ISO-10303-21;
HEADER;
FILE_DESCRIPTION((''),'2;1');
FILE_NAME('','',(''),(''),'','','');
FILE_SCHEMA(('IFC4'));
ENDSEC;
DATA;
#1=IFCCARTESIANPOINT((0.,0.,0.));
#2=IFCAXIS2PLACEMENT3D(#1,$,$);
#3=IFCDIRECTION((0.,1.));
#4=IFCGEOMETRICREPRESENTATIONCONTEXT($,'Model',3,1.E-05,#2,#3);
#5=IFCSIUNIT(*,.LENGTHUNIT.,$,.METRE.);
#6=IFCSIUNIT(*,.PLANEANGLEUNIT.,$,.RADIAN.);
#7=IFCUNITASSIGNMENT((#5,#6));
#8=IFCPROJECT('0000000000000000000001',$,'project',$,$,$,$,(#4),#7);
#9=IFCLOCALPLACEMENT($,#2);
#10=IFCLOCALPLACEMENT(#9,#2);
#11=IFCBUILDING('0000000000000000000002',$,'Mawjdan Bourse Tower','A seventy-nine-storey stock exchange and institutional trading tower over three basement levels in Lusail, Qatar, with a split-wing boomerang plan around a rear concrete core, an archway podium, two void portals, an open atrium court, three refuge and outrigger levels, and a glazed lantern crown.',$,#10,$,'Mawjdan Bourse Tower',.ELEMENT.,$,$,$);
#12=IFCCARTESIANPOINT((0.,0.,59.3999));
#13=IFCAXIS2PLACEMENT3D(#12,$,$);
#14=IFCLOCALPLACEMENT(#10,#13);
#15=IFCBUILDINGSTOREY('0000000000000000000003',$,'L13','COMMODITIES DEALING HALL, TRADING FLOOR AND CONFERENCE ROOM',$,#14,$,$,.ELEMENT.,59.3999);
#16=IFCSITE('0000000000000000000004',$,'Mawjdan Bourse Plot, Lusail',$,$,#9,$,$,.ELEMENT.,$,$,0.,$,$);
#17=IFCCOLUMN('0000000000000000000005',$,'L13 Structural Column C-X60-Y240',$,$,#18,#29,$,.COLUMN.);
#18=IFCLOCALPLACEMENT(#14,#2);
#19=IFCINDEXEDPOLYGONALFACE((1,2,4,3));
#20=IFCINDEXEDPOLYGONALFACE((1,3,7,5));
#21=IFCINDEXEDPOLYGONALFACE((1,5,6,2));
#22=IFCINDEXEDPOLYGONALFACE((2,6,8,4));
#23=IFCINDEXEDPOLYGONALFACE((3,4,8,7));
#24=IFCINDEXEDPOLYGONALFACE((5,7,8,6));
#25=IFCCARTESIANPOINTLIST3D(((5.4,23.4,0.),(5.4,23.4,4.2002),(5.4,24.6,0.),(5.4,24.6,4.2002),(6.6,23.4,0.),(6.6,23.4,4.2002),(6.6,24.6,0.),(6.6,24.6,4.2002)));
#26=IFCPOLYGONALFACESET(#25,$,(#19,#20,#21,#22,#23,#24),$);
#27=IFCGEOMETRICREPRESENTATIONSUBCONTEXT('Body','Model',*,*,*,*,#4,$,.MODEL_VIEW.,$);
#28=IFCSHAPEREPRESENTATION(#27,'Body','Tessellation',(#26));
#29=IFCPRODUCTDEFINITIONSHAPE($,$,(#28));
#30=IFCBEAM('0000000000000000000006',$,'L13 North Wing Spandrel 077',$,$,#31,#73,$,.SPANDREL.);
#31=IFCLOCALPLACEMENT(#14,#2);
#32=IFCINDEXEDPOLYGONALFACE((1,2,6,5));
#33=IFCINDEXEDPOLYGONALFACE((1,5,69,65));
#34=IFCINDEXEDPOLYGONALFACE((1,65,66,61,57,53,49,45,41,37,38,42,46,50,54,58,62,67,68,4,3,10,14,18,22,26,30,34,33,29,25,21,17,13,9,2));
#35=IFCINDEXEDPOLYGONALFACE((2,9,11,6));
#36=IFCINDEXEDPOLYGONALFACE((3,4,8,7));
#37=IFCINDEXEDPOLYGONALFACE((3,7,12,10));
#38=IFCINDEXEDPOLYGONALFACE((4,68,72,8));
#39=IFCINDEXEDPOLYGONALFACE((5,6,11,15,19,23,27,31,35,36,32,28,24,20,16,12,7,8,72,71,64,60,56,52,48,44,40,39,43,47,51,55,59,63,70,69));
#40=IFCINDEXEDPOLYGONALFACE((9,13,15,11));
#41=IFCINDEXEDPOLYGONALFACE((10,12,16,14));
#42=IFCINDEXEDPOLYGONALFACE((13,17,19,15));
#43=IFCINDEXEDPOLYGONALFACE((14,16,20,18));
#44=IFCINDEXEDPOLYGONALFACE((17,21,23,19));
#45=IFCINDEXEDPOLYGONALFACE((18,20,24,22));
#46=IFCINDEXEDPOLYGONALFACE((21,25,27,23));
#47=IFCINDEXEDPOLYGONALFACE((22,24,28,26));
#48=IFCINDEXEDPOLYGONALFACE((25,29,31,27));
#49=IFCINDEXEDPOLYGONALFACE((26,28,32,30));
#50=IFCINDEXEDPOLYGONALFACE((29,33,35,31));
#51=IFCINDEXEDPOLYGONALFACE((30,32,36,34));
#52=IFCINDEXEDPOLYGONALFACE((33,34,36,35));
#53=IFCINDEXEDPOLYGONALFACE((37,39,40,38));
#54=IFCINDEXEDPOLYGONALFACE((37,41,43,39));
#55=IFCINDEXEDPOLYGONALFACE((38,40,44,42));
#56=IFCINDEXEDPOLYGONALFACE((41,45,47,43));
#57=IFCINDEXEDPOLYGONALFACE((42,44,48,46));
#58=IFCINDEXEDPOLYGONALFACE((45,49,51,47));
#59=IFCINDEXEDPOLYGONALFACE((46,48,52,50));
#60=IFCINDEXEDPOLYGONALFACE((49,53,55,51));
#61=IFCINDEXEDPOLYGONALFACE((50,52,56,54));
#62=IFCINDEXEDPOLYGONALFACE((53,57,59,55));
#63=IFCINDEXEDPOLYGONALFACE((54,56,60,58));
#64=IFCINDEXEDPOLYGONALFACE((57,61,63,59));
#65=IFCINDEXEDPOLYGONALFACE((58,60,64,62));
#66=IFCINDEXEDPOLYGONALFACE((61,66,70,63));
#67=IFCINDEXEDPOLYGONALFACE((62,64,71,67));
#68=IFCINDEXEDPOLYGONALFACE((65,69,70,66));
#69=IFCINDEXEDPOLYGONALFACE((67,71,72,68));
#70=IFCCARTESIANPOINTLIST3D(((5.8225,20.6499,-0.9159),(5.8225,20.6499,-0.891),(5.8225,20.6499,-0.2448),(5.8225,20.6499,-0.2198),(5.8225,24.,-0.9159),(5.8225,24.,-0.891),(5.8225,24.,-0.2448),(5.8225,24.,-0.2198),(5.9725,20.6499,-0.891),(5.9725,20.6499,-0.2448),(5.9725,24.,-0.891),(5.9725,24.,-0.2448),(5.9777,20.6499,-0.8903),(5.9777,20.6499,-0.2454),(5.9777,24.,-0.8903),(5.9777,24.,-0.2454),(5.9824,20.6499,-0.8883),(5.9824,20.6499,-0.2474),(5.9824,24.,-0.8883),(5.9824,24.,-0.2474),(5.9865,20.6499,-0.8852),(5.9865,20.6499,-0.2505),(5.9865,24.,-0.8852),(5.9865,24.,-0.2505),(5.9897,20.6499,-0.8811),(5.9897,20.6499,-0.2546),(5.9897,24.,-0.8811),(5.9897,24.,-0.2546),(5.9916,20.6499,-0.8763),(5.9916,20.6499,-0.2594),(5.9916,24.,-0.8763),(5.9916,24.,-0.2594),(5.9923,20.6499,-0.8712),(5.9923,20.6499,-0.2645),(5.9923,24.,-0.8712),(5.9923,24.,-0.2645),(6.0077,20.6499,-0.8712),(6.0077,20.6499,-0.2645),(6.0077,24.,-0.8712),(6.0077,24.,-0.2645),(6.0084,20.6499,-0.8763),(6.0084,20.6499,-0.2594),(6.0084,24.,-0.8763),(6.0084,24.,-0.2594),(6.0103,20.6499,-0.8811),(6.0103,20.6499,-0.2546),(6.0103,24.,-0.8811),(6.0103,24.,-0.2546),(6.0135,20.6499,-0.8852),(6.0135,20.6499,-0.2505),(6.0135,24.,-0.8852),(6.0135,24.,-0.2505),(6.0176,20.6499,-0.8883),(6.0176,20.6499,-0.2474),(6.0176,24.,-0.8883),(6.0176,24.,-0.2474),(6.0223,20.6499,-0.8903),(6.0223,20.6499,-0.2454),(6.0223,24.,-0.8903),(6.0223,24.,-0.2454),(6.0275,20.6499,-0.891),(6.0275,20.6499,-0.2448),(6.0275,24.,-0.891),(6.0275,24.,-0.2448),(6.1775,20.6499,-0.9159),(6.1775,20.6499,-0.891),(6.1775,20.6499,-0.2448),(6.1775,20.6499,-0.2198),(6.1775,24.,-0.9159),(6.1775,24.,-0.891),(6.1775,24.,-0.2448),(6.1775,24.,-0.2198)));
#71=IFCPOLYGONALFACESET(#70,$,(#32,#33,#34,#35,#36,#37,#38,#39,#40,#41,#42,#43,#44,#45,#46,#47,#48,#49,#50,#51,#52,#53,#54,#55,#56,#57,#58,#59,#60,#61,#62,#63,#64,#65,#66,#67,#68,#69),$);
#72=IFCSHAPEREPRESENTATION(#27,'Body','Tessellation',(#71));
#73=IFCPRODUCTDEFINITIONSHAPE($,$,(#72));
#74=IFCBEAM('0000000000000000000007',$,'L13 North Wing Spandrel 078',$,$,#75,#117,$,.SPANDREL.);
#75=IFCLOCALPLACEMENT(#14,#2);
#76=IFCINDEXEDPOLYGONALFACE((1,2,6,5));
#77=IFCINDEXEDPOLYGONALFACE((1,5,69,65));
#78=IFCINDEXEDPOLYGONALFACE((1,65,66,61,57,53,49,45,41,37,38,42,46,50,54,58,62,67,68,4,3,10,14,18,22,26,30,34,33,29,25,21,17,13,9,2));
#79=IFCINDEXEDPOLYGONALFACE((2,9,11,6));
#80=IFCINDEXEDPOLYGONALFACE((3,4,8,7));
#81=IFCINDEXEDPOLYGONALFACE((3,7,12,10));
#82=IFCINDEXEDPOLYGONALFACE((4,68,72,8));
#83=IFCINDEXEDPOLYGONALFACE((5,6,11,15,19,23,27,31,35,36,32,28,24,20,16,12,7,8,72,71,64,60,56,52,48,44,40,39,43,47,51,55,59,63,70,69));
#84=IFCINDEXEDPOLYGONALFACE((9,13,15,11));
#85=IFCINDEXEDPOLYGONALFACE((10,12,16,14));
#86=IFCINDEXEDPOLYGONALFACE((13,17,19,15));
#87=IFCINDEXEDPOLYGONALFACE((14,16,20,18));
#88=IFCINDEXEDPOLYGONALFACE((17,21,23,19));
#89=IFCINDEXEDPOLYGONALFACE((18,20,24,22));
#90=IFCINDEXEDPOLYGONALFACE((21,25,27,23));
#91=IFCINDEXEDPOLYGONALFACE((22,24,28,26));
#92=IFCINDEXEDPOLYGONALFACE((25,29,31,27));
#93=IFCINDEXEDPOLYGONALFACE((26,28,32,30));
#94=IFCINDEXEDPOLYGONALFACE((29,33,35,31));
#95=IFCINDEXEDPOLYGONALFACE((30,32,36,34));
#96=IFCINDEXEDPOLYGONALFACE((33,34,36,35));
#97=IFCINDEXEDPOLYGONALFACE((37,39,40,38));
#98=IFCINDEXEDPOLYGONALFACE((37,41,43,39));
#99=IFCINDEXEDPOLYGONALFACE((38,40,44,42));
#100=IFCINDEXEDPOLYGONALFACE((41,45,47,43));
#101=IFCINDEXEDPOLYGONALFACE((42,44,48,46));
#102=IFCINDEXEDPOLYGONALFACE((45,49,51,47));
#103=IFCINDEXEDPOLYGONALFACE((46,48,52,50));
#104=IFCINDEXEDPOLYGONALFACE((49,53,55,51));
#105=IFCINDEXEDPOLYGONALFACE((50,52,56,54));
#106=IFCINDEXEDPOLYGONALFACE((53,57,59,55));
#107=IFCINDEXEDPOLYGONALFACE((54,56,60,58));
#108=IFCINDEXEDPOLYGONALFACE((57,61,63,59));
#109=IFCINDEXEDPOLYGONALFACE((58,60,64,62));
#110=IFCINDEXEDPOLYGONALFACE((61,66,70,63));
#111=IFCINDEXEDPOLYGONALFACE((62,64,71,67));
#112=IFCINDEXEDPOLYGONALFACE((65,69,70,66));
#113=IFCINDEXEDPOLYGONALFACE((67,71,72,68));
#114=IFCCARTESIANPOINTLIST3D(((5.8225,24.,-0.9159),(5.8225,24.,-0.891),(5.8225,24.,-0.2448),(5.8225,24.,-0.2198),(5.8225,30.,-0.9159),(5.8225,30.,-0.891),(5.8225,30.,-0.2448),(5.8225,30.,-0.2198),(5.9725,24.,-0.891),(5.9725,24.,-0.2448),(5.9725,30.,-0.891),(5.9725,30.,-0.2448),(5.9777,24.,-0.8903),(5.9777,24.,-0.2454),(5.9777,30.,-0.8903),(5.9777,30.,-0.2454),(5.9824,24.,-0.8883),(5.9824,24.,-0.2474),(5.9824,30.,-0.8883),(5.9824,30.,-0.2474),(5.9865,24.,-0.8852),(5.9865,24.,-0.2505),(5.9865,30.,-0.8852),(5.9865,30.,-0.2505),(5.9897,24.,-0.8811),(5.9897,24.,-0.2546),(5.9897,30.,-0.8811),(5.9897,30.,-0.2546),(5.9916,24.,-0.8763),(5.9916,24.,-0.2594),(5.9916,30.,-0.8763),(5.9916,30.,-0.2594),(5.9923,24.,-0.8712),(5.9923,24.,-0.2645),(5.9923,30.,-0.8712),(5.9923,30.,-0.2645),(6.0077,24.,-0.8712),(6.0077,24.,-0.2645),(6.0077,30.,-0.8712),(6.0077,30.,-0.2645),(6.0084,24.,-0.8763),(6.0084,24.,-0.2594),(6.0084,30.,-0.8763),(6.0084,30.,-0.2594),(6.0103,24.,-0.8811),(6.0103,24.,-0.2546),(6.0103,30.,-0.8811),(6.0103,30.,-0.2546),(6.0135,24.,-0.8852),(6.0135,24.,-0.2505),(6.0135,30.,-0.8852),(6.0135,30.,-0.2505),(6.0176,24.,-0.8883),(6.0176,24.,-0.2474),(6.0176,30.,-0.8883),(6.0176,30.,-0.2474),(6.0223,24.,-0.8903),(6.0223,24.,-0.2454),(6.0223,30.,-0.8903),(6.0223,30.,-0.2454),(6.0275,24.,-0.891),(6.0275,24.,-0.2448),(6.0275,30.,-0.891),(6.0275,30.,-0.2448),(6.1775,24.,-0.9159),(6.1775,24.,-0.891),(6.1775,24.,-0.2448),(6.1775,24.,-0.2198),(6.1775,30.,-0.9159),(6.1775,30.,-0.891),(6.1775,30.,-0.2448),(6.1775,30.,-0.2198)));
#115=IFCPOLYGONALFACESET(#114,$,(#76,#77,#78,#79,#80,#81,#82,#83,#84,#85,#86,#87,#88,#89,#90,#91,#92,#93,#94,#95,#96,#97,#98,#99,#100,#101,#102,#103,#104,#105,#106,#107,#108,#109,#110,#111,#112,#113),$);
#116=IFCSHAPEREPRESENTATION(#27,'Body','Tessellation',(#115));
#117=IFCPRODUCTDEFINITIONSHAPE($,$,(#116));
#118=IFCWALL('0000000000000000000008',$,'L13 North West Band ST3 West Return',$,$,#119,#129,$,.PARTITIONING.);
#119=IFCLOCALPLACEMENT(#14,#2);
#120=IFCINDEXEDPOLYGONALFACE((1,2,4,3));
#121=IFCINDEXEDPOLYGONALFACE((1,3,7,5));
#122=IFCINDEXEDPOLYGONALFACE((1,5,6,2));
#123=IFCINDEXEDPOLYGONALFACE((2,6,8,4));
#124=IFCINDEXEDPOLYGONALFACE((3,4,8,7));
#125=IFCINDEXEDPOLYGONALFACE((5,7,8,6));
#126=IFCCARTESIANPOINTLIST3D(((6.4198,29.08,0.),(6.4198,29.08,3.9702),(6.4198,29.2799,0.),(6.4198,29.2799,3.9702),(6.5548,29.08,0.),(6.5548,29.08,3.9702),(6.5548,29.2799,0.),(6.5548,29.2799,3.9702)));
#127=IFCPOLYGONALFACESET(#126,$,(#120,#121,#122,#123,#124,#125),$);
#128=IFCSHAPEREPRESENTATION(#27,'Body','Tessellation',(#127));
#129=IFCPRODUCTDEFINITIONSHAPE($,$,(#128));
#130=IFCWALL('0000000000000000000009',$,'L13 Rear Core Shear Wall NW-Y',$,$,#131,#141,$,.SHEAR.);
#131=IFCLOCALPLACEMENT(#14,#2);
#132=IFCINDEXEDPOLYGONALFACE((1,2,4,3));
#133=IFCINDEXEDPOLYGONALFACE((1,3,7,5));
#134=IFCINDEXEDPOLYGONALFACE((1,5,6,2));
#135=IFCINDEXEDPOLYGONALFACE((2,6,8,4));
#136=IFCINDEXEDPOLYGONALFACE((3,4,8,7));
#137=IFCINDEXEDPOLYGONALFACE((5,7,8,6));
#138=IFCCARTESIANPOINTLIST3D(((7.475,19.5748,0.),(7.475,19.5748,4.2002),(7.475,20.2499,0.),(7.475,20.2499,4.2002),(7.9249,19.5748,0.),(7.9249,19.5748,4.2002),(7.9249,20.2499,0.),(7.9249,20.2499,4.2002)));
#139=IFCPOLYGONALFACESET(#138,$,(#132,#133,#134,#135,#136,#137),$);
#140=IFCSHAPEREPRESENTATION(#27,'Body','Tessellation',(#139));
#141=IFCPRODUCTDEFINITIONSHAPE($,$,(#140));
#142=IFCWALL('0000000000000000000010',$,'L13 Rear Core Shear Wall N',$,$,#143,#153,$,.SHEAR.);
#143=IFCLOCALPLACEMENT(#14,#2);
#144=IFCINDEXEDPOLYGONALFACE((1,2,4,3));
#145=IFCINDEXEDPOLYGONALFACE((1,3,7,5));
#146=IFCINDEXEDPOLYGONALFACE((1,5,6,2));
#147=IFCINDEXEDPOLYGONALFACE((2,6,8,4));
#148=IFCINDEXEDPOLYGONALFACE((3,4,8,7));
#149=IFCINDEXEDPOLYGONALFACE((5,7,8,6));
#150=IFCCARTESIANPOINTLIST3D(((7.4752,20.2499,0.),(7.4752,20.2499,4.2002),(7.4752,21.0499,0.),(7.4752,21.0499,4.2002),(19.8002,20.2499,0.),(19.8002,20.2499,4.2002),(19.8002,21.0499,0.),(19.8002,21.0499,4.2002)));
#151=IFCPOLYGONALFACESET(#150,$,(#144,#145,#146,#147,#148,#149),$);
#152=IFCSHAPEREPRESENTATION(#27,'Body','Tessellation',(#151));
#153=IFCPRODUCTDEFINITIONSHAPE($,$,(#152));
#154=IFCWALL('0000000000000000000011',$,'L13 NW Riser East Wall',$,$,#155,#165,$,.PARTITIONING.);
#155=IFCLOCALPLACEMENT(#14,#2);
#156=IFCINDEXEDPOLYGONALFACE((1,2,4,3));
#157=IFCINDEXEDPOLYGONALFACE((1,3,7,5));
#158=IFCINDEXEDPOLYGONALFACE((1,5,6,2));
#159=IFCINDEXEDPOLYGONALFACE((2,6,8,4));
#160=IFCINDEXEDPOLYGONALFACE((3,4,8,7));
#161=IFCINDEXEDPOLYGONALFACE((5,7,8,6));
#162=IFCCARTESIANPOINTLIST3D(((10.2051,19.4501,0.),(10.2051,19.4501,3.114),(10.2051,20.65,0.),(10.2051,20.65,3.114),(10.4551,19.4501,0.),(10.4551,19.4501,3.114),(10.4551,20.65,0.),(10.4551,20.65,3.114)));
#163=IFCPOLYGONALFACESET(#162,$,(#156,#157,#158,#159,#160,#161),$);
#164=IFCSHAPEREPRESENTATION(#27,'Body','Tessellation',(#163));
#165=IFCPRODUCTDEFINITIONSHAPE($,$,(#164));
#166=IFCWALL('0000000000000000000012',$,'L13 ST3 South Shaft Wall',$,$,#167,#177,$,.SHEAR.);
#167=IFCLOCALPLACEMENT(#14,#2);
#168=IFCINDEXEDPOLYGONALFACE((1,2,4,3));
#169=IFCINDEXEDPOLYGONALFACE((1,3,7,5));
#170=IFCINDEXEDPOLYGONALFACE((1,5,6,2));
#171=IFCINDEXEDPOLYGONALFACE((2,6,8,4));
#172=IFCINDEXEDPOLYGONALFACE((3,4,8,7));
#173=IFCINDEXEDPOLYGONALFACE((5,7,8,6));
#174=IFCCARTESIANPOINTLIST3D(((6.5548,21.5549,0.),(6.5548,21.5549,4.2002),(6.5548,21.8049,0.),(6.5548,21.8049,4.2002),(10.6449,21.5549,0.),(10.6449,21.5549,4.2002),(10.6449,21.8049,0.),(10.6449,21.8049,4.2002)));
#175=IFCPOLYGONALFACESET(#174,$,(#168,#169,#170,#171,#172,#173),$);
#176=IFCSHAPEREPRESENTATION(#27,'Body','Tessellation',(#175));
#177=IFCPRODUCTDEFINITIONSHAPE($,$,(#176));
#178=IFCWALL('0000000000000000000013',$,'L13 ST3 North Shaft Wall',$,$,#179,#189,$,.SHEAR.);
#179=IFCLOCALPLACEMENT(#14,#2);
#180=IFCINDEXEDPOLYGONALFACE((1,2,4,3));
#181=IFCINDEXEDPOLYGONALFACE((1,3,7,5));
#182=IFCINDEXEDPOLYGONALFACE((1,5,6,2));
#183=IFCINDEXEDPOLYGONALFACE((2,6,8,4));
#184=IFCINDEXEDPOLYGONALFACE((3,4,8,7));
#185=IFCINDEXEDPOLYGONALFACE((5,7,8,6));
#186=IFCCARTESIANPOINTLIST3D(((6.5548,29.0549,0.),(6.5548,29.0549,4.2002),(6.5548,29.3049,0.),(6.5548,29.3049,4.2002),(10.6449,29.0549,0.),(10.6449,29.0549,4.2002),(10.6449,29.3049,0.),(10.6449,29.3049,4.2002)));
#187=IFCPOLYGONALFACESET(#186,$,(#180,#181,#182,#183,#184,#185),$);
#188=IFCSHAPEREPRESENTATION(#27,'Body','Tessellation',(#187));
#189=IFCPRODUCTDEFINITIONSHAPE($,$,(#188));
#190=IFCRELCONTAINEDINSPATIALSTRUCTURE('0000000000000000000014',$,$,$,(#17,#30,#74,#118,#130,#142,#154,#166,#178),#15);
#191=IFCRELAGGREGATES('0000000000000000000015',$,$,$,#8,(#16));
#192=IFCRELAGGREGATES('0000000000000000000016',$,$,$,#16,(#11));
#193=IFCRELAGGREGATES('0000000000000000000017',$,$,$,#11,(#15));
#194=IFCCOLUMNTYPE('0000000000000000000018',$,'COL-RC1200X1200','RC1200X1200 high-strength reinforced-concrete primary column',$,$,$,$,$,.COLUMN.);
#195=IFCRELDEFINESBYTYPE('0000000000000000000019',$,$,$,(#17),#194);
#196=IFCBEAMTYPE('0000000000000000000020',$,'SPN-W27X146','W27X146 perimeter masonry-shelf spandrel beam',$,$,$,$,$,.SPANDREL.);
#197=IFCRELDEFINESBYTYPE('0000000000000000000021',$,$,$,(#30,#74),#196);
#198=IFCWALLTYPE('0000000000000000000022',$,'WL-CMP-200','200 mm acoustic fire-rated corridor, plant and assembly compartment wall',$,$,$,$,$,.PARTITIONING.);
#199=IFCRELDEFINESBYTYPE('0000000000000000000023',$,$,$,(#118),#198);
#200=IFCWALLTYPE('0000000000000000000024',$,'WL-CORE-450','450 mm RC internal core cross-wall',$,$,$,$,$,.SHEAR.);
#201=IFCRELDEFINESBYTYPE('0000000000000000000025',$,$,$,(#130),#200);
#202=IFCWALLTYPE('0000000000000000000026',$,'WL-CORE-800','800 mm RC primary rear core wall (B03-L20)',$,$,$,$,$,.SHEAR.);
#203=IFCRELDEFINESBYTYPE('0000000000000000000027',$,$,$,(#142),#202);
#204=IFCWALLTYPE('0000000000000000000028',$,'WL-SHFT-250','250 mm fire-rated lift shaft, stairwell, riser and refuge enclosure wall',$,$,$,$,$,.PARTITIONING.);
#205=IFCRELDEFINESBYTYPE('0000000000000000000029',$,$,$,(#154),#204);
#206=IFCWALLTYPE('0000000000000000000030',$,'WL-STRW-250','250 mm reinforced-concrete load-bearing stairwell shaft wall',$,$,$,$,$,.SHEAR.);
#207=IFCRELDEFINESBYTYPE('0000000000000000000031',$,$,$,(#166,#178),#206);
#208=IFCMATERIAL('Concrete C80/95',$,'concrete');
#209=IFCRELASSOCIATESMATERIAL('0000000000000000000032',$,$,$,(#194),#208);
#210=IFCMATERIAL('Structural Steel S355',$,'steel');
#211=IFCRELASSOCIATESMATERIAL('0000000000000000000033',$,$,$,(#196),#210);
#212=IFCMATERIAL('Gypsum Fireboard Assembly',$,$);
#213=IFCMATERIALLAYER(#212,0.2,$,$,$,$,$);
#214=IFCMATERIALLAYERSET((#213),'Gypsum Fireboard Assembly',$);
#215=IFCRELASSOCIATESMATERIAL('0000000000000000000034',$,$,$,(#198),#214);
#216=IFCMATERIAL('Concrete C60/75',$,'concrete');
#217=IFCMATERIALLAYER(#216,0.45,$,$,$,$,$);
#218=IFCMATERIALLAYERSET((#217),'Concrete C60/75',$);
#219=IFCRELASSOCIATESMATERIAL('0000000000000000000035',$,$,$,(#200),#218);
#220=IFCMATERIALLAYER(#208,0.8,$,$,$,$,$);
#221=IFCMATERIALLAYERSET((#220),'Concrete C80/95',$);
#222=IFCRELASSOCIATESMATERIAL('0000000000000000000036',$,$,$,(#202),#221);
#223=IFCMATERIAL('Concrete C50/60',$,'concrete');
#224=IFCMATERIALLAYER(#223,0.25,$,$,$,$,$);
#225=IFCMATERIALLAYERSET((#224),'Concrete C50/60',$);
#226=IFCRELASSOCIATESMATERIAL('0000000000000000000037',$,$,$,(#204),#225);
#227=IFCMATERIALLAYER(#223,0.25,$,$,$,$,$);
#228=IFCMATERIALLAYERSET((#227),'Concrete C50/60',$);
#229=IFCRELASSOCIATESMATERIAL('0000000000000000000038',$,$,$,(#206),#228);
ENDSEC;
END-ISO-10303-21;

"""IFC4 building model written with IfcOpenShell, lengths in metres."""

from ifc_helpers import new_model, si_unit, direction, frame, frame_2d, origin, origin_2d, place, context, subcontext, project, spatial, rectangle, i_section, extrude, material, layer, layer_set, material_profile, profile_set, type_object, element, save


model = new_model("IFC4")

# Units and contexts
model_context = context("Model", 3, precision=1e-05, world=origin(), true_north=direction((0.0, 1.0)))
body_context = subcontext(model_context, "Body", "Model", "MODEL_VIEW")
ifc_project = project(units=[si_unit("LENGTHUNIT", "METRE"), si_unit("PLANEANGLEUNIT", "RADIAN")], contexts=[model_context])

# Site, building, storey
site_placement = place(None, origin())
site = spatial("IfcSite", under=ifc_project, at=site_placement, Name="Mawjdan Bourse Plot, Lusail", CompositionType="ELEMENT", RefElevation=0.0)
building_placement = place(site_placement, origin())
building = spatial("IfcBuilding", under=site, at=building_placement, Name="Mawjdan Bourse Tower", Description="A seventy-nine-storey stock exchange and institutional trading tower over three basement levels in Lusail, Qatar, with a split-wing boomerang plan around a rear concrete core, an archway podium, two void portals, an open atrium court, three refuge and outrigger levels, and a glazed lantern crown.", LongName="Mawjdan Bourse Tower", CompositionType="ELEMENT")
storey_placement = place(building_placement, frame((0.0, 0.0, 59.3999)))
storey = spatial("IfcBuildingStorey", under=building, at=storey_placement, Name="L13", Description="COMMODITIES DEALING HALL, TRADING FLOOR AND CONFERENCE ROOM", CompositionType="ELEMENT", Elevation=59.3999)

# Column
ifc_material_1 = material(Name="Concrete C80/95", Category="concrete")
ifc_material_profile_1 = material_profile(ifc_material_1, rectangle(XDim=1.2, YDim=1.2, at=origin_2d()), Name="RC1200X1200")
ifc_profile_set_1 = profile_set([ifc_material_profile_1], Name="Concrete C80/95")
column_type = type_object("IfcColumnType", Name="COL-RC1200X1200", Description="RC1200X1200 high-strength reinforced-concrete primary column", PredefinedType="COLUMN", material=ifc_profile_set_1)
column_placement = place(storey_placement, frame((6.0, 24.0, 0.0), z_axis=(0.0, 0.0, 1.0), x_axis=(1.0, 0.0, 0.0)))
element("IfcColumn", 1, at=column_placement, inside=storey, type_object=column_type, Name="L13 Structural Column C-X60-Y240", PredefinedType="COLUMN", context=body_context, shape_type="SweptSolid", body=[
    extrude(rectangle(XDim=1.2, YDim=1.2, at=origin_2d()), origin(), (0.0, 0.0, 1.0), 4.2002),
])

# Beams
ifc_material_2 = material(Name="Structural Steel S355", Category="steel")
ifc_material_profile_2 = material_profile(ifc_material_2, i_section(OverallWidth=0.355, OverallDepth=0.696, WebThickness=0.0154, FlangeThickness=0.0249, FilletRadius=0.0198, at=origin_2d()), Name="W27X146")
ifc_profile_set_2 = profile_set([ifc_material_profile_2], Name="Structural Steel S355")
beam_type = type_object("IfcBeamType", Name="SPN-W27X146", Description="W27X146 perimeter masonry-shelf spandrel beam", PredefinedType="SPANDREL", material=ifc_profile_set_2)
beam_1_placement = place(storey_placement, frame((6.0, 20.6499, -0.5679), z_axis=(0.0, 1.0, 0.0), x_axis=(-1.0, 0.0, 0.0)))
element("IfcBeam", 2, at=beam_1_placement, inside=storey, type_object=beam_type, Name="L13 North Wing Spandrel 077", PredefinedType="SPANDREL", context=body_context, shape_type="SweptSolid", body=[
    extrude(i_section(OverallWidth=0.355, OverallDepth=0.696, WebThickness=0.0154, FlangeThickness=0.0249, FilletRadius=0.0198, at=origin_2d()), origin(), (0.0, 0.0, 1.0), 3.3501),
])
beam_2_placement = place(storey_placement, frame((6.0, 24.0, -0.5679), z_axis=(0.0, 1.0, 0.0), x_axis=(-1.0, 0.0, 0.0)))
element("IfcBeam", 3, at=beam_2_placement, inside=storey, type_object=beam_type, Name="L13 North Wing Spandrel 078", PredefinedType="SPANDREL", context=body_context, shape_type="SweptSolid", body=[
    extrude(i_section(OverallWidth=0.355, OverallDepth=0.696, WebThickness=0.0154, FlangeThickness=0.0249, FilletRadius=0.0198, at=origin_2d()), origin(), (0.0, 0.0, 1.0), 6.0),
])

# Walls
ifc_material_3 = material(Name="Gypsum Fireboard Assembly")
ifc_layer_1 = layer(ifc_material_3, 0.2)
ifc_layer_set_1 = layer_set([ifc_layer_1], Name="Gypsum Fireboard Assembly")
wall_type_1 = type_object("IfcWallType", Name="WL-CMP-200", Description="200 mm acoustic fire-rated corridor, plant and assembly compartment wall", PredefinedType="PARTITIONING", material=ifc_layer_set_1)
wall_1_placement = place(storey_placement, frame((6.4199, 29.1799, 0.0), z_axis=(0.0, 0.0, 1.0), x_axis=(1.0, 0.0, 0.0)))
element("IfcWall", 4, at=wall_1_placement, inside=storey, type_object=wall_type_1, Name="L13 North West Band ST3 West Return", PredefinedType="PARTITIONING", context=body_context, shape_type="SweptSolid", body=[
    extrude(rectangle(XDim=0.135, YDim=0.2, at=frame_2d((0.0674, 0.0))), origin(), (0.0, 0.0, 1.0), 3.9702),
])
ifc_material_4 = material(Name="Concrete C60/75", Category="concrete")
ifc_layer_2 = layer(ifc_material_4, 0.45)
ifc_layer_set_2 = layer_set([ifc_layer_2], Name="Concrete C60/75")
wall_type_2 = type_object("IfcWallType", Name="WL-CORE-450", Description="450 mm RC internal core cross-wall", PredefinedType="SHEAR", material=ifc_layer_set_2)
wall_2_placement = place(storey_placement, frame((7.7, 19.575, 0.0), z_axis=(0.0, 0.0, 1.0), x_axis=(0.0, 1.0, 0.0)))
element("IfcWall", 5, at=wall_2_placement, inside=storey, type_object=wall_type_2, Name="L13 Rear Core Shear Wall NW-Y", PredefinedType="SHEAR", context=body_context, shape_type="SweptSolid", body=[
    extrude(rectangle(XDim=0.675, YDim=0.45, at=frame_2d((0.3374, 0.0))), origin(), (0.0, 0.0, 1.0), 4.2002),
])
ifc_layer_3 = layer(ifc_material_1, 0.8)
ifc_layer_set_3 = layer_set([ifc_layer_3], Name="Concrete C80/95")
wall_type_3 = type_object("IfcWallType", Name="WL-CORE-800", Description="800 mm RC primary rear core wall (B03-L20)", PredefinedType="SHEAR", material=ifc_layer_set_3)
wall_3_placement = place(storey_placement, frame((7.4751, 20.6499, 0.0), z_axis=(0.0, 0.0, 1.0), x_axis=(1.0, 0.0, 0.0)))
element("IfcWall", 6, at=wall_3_placement, inside=storey, type_object=wall_type_3, Name="L13 Rear Core Shear Wall N", PredefinedType="SHEAR", context=body_context, shape_type="SweptSolid", body=[
    extrude(rectangle(XDim=12.325, YDim=0.8, at=frame_2d((6.1626, 0.0))), origin(), (0.0, 0.0, 1.0), 4.2002),
])
ifc_material_5 = material(Name="Concrete C50/60", Category="concrete")
ifc_layer_4 = layer(ifc_material_5, 0.25)
ifc_layer_set_4 = layer_set([ifc_layer_4], Name="Concrete C50/60")
wall_type_4 = type_object("IfcWallType", Name="WL-SHFT-250", Description="250 mm fire-rated lift shaft, stairwell, riser and refuge enclosure wall", PredefinedType="PARTITIONING", material=ifc_layer_set_4)
wall_4_placement = place(storey_placement, frame((10.3301, 19.45, 0.0), z_axis=(0.0, 0.0, 1.0), x_axis=(0.0, 1.0, 0.0)))
element("IfcWall", 7, at=wall_4_placement, inside=storey, type_object=wall_type_4, Name="L13 NW Riser East Wall", PredefinedType="PARTITIONING", context=body_context, shape_type="SweptSolid", body=[
    extrude(rectangle(XDim=1.2, YDim=0.25, at=frame_2d((0.6001, 0.0))), origin(), (0.0, 0.0, 1.0), 3.114),
])
ifc_layer_5 = layer(ifc_material_5, 0.25)
ifc_layer_set_5 = layer_set([ifc_layer_5], Name="Concrete C50/60")
wall_type_5 = type_object("IfcWallType", Name="WL-STRW-250", Description="250 mm reinforced-concrete load-bearing stairwell shaft wall", PredefinedType="SHEAR", material=ifc_layer_set_5)
for number, where, z_axis, x_axis, name in (
    (8, (6.5549, 21.6799, 0.0), (0.0, 0.0, 1.0), (1.0, 0.0, 0.0), "L13 ST3 South Shaft Wall"),
    (9, (6.5549, 29.1799, 0.0), (0.0, 0.0, 1.0), (1.0, 0.0, 0.0), "L13 ST3 North Shaft Wall"),
):
    element("IfcWall", number, at=place(storey_placement, frame(where, z_axis=z_axis, x_axis=x_axis)), inside=storey, type_object=wall_type_5, Name=name, PredefinedType="SHEAR", context=body_context, shape_type="SweptSolid", body=[
        extrude(rectangle(XDim=4.0901, YDim=0.25, at=frame_2d((2.0449, 0.0))), origin(), (0.0, 0.0, 1.0), 4.2002),
    ])

save(model, "model.ifc")
